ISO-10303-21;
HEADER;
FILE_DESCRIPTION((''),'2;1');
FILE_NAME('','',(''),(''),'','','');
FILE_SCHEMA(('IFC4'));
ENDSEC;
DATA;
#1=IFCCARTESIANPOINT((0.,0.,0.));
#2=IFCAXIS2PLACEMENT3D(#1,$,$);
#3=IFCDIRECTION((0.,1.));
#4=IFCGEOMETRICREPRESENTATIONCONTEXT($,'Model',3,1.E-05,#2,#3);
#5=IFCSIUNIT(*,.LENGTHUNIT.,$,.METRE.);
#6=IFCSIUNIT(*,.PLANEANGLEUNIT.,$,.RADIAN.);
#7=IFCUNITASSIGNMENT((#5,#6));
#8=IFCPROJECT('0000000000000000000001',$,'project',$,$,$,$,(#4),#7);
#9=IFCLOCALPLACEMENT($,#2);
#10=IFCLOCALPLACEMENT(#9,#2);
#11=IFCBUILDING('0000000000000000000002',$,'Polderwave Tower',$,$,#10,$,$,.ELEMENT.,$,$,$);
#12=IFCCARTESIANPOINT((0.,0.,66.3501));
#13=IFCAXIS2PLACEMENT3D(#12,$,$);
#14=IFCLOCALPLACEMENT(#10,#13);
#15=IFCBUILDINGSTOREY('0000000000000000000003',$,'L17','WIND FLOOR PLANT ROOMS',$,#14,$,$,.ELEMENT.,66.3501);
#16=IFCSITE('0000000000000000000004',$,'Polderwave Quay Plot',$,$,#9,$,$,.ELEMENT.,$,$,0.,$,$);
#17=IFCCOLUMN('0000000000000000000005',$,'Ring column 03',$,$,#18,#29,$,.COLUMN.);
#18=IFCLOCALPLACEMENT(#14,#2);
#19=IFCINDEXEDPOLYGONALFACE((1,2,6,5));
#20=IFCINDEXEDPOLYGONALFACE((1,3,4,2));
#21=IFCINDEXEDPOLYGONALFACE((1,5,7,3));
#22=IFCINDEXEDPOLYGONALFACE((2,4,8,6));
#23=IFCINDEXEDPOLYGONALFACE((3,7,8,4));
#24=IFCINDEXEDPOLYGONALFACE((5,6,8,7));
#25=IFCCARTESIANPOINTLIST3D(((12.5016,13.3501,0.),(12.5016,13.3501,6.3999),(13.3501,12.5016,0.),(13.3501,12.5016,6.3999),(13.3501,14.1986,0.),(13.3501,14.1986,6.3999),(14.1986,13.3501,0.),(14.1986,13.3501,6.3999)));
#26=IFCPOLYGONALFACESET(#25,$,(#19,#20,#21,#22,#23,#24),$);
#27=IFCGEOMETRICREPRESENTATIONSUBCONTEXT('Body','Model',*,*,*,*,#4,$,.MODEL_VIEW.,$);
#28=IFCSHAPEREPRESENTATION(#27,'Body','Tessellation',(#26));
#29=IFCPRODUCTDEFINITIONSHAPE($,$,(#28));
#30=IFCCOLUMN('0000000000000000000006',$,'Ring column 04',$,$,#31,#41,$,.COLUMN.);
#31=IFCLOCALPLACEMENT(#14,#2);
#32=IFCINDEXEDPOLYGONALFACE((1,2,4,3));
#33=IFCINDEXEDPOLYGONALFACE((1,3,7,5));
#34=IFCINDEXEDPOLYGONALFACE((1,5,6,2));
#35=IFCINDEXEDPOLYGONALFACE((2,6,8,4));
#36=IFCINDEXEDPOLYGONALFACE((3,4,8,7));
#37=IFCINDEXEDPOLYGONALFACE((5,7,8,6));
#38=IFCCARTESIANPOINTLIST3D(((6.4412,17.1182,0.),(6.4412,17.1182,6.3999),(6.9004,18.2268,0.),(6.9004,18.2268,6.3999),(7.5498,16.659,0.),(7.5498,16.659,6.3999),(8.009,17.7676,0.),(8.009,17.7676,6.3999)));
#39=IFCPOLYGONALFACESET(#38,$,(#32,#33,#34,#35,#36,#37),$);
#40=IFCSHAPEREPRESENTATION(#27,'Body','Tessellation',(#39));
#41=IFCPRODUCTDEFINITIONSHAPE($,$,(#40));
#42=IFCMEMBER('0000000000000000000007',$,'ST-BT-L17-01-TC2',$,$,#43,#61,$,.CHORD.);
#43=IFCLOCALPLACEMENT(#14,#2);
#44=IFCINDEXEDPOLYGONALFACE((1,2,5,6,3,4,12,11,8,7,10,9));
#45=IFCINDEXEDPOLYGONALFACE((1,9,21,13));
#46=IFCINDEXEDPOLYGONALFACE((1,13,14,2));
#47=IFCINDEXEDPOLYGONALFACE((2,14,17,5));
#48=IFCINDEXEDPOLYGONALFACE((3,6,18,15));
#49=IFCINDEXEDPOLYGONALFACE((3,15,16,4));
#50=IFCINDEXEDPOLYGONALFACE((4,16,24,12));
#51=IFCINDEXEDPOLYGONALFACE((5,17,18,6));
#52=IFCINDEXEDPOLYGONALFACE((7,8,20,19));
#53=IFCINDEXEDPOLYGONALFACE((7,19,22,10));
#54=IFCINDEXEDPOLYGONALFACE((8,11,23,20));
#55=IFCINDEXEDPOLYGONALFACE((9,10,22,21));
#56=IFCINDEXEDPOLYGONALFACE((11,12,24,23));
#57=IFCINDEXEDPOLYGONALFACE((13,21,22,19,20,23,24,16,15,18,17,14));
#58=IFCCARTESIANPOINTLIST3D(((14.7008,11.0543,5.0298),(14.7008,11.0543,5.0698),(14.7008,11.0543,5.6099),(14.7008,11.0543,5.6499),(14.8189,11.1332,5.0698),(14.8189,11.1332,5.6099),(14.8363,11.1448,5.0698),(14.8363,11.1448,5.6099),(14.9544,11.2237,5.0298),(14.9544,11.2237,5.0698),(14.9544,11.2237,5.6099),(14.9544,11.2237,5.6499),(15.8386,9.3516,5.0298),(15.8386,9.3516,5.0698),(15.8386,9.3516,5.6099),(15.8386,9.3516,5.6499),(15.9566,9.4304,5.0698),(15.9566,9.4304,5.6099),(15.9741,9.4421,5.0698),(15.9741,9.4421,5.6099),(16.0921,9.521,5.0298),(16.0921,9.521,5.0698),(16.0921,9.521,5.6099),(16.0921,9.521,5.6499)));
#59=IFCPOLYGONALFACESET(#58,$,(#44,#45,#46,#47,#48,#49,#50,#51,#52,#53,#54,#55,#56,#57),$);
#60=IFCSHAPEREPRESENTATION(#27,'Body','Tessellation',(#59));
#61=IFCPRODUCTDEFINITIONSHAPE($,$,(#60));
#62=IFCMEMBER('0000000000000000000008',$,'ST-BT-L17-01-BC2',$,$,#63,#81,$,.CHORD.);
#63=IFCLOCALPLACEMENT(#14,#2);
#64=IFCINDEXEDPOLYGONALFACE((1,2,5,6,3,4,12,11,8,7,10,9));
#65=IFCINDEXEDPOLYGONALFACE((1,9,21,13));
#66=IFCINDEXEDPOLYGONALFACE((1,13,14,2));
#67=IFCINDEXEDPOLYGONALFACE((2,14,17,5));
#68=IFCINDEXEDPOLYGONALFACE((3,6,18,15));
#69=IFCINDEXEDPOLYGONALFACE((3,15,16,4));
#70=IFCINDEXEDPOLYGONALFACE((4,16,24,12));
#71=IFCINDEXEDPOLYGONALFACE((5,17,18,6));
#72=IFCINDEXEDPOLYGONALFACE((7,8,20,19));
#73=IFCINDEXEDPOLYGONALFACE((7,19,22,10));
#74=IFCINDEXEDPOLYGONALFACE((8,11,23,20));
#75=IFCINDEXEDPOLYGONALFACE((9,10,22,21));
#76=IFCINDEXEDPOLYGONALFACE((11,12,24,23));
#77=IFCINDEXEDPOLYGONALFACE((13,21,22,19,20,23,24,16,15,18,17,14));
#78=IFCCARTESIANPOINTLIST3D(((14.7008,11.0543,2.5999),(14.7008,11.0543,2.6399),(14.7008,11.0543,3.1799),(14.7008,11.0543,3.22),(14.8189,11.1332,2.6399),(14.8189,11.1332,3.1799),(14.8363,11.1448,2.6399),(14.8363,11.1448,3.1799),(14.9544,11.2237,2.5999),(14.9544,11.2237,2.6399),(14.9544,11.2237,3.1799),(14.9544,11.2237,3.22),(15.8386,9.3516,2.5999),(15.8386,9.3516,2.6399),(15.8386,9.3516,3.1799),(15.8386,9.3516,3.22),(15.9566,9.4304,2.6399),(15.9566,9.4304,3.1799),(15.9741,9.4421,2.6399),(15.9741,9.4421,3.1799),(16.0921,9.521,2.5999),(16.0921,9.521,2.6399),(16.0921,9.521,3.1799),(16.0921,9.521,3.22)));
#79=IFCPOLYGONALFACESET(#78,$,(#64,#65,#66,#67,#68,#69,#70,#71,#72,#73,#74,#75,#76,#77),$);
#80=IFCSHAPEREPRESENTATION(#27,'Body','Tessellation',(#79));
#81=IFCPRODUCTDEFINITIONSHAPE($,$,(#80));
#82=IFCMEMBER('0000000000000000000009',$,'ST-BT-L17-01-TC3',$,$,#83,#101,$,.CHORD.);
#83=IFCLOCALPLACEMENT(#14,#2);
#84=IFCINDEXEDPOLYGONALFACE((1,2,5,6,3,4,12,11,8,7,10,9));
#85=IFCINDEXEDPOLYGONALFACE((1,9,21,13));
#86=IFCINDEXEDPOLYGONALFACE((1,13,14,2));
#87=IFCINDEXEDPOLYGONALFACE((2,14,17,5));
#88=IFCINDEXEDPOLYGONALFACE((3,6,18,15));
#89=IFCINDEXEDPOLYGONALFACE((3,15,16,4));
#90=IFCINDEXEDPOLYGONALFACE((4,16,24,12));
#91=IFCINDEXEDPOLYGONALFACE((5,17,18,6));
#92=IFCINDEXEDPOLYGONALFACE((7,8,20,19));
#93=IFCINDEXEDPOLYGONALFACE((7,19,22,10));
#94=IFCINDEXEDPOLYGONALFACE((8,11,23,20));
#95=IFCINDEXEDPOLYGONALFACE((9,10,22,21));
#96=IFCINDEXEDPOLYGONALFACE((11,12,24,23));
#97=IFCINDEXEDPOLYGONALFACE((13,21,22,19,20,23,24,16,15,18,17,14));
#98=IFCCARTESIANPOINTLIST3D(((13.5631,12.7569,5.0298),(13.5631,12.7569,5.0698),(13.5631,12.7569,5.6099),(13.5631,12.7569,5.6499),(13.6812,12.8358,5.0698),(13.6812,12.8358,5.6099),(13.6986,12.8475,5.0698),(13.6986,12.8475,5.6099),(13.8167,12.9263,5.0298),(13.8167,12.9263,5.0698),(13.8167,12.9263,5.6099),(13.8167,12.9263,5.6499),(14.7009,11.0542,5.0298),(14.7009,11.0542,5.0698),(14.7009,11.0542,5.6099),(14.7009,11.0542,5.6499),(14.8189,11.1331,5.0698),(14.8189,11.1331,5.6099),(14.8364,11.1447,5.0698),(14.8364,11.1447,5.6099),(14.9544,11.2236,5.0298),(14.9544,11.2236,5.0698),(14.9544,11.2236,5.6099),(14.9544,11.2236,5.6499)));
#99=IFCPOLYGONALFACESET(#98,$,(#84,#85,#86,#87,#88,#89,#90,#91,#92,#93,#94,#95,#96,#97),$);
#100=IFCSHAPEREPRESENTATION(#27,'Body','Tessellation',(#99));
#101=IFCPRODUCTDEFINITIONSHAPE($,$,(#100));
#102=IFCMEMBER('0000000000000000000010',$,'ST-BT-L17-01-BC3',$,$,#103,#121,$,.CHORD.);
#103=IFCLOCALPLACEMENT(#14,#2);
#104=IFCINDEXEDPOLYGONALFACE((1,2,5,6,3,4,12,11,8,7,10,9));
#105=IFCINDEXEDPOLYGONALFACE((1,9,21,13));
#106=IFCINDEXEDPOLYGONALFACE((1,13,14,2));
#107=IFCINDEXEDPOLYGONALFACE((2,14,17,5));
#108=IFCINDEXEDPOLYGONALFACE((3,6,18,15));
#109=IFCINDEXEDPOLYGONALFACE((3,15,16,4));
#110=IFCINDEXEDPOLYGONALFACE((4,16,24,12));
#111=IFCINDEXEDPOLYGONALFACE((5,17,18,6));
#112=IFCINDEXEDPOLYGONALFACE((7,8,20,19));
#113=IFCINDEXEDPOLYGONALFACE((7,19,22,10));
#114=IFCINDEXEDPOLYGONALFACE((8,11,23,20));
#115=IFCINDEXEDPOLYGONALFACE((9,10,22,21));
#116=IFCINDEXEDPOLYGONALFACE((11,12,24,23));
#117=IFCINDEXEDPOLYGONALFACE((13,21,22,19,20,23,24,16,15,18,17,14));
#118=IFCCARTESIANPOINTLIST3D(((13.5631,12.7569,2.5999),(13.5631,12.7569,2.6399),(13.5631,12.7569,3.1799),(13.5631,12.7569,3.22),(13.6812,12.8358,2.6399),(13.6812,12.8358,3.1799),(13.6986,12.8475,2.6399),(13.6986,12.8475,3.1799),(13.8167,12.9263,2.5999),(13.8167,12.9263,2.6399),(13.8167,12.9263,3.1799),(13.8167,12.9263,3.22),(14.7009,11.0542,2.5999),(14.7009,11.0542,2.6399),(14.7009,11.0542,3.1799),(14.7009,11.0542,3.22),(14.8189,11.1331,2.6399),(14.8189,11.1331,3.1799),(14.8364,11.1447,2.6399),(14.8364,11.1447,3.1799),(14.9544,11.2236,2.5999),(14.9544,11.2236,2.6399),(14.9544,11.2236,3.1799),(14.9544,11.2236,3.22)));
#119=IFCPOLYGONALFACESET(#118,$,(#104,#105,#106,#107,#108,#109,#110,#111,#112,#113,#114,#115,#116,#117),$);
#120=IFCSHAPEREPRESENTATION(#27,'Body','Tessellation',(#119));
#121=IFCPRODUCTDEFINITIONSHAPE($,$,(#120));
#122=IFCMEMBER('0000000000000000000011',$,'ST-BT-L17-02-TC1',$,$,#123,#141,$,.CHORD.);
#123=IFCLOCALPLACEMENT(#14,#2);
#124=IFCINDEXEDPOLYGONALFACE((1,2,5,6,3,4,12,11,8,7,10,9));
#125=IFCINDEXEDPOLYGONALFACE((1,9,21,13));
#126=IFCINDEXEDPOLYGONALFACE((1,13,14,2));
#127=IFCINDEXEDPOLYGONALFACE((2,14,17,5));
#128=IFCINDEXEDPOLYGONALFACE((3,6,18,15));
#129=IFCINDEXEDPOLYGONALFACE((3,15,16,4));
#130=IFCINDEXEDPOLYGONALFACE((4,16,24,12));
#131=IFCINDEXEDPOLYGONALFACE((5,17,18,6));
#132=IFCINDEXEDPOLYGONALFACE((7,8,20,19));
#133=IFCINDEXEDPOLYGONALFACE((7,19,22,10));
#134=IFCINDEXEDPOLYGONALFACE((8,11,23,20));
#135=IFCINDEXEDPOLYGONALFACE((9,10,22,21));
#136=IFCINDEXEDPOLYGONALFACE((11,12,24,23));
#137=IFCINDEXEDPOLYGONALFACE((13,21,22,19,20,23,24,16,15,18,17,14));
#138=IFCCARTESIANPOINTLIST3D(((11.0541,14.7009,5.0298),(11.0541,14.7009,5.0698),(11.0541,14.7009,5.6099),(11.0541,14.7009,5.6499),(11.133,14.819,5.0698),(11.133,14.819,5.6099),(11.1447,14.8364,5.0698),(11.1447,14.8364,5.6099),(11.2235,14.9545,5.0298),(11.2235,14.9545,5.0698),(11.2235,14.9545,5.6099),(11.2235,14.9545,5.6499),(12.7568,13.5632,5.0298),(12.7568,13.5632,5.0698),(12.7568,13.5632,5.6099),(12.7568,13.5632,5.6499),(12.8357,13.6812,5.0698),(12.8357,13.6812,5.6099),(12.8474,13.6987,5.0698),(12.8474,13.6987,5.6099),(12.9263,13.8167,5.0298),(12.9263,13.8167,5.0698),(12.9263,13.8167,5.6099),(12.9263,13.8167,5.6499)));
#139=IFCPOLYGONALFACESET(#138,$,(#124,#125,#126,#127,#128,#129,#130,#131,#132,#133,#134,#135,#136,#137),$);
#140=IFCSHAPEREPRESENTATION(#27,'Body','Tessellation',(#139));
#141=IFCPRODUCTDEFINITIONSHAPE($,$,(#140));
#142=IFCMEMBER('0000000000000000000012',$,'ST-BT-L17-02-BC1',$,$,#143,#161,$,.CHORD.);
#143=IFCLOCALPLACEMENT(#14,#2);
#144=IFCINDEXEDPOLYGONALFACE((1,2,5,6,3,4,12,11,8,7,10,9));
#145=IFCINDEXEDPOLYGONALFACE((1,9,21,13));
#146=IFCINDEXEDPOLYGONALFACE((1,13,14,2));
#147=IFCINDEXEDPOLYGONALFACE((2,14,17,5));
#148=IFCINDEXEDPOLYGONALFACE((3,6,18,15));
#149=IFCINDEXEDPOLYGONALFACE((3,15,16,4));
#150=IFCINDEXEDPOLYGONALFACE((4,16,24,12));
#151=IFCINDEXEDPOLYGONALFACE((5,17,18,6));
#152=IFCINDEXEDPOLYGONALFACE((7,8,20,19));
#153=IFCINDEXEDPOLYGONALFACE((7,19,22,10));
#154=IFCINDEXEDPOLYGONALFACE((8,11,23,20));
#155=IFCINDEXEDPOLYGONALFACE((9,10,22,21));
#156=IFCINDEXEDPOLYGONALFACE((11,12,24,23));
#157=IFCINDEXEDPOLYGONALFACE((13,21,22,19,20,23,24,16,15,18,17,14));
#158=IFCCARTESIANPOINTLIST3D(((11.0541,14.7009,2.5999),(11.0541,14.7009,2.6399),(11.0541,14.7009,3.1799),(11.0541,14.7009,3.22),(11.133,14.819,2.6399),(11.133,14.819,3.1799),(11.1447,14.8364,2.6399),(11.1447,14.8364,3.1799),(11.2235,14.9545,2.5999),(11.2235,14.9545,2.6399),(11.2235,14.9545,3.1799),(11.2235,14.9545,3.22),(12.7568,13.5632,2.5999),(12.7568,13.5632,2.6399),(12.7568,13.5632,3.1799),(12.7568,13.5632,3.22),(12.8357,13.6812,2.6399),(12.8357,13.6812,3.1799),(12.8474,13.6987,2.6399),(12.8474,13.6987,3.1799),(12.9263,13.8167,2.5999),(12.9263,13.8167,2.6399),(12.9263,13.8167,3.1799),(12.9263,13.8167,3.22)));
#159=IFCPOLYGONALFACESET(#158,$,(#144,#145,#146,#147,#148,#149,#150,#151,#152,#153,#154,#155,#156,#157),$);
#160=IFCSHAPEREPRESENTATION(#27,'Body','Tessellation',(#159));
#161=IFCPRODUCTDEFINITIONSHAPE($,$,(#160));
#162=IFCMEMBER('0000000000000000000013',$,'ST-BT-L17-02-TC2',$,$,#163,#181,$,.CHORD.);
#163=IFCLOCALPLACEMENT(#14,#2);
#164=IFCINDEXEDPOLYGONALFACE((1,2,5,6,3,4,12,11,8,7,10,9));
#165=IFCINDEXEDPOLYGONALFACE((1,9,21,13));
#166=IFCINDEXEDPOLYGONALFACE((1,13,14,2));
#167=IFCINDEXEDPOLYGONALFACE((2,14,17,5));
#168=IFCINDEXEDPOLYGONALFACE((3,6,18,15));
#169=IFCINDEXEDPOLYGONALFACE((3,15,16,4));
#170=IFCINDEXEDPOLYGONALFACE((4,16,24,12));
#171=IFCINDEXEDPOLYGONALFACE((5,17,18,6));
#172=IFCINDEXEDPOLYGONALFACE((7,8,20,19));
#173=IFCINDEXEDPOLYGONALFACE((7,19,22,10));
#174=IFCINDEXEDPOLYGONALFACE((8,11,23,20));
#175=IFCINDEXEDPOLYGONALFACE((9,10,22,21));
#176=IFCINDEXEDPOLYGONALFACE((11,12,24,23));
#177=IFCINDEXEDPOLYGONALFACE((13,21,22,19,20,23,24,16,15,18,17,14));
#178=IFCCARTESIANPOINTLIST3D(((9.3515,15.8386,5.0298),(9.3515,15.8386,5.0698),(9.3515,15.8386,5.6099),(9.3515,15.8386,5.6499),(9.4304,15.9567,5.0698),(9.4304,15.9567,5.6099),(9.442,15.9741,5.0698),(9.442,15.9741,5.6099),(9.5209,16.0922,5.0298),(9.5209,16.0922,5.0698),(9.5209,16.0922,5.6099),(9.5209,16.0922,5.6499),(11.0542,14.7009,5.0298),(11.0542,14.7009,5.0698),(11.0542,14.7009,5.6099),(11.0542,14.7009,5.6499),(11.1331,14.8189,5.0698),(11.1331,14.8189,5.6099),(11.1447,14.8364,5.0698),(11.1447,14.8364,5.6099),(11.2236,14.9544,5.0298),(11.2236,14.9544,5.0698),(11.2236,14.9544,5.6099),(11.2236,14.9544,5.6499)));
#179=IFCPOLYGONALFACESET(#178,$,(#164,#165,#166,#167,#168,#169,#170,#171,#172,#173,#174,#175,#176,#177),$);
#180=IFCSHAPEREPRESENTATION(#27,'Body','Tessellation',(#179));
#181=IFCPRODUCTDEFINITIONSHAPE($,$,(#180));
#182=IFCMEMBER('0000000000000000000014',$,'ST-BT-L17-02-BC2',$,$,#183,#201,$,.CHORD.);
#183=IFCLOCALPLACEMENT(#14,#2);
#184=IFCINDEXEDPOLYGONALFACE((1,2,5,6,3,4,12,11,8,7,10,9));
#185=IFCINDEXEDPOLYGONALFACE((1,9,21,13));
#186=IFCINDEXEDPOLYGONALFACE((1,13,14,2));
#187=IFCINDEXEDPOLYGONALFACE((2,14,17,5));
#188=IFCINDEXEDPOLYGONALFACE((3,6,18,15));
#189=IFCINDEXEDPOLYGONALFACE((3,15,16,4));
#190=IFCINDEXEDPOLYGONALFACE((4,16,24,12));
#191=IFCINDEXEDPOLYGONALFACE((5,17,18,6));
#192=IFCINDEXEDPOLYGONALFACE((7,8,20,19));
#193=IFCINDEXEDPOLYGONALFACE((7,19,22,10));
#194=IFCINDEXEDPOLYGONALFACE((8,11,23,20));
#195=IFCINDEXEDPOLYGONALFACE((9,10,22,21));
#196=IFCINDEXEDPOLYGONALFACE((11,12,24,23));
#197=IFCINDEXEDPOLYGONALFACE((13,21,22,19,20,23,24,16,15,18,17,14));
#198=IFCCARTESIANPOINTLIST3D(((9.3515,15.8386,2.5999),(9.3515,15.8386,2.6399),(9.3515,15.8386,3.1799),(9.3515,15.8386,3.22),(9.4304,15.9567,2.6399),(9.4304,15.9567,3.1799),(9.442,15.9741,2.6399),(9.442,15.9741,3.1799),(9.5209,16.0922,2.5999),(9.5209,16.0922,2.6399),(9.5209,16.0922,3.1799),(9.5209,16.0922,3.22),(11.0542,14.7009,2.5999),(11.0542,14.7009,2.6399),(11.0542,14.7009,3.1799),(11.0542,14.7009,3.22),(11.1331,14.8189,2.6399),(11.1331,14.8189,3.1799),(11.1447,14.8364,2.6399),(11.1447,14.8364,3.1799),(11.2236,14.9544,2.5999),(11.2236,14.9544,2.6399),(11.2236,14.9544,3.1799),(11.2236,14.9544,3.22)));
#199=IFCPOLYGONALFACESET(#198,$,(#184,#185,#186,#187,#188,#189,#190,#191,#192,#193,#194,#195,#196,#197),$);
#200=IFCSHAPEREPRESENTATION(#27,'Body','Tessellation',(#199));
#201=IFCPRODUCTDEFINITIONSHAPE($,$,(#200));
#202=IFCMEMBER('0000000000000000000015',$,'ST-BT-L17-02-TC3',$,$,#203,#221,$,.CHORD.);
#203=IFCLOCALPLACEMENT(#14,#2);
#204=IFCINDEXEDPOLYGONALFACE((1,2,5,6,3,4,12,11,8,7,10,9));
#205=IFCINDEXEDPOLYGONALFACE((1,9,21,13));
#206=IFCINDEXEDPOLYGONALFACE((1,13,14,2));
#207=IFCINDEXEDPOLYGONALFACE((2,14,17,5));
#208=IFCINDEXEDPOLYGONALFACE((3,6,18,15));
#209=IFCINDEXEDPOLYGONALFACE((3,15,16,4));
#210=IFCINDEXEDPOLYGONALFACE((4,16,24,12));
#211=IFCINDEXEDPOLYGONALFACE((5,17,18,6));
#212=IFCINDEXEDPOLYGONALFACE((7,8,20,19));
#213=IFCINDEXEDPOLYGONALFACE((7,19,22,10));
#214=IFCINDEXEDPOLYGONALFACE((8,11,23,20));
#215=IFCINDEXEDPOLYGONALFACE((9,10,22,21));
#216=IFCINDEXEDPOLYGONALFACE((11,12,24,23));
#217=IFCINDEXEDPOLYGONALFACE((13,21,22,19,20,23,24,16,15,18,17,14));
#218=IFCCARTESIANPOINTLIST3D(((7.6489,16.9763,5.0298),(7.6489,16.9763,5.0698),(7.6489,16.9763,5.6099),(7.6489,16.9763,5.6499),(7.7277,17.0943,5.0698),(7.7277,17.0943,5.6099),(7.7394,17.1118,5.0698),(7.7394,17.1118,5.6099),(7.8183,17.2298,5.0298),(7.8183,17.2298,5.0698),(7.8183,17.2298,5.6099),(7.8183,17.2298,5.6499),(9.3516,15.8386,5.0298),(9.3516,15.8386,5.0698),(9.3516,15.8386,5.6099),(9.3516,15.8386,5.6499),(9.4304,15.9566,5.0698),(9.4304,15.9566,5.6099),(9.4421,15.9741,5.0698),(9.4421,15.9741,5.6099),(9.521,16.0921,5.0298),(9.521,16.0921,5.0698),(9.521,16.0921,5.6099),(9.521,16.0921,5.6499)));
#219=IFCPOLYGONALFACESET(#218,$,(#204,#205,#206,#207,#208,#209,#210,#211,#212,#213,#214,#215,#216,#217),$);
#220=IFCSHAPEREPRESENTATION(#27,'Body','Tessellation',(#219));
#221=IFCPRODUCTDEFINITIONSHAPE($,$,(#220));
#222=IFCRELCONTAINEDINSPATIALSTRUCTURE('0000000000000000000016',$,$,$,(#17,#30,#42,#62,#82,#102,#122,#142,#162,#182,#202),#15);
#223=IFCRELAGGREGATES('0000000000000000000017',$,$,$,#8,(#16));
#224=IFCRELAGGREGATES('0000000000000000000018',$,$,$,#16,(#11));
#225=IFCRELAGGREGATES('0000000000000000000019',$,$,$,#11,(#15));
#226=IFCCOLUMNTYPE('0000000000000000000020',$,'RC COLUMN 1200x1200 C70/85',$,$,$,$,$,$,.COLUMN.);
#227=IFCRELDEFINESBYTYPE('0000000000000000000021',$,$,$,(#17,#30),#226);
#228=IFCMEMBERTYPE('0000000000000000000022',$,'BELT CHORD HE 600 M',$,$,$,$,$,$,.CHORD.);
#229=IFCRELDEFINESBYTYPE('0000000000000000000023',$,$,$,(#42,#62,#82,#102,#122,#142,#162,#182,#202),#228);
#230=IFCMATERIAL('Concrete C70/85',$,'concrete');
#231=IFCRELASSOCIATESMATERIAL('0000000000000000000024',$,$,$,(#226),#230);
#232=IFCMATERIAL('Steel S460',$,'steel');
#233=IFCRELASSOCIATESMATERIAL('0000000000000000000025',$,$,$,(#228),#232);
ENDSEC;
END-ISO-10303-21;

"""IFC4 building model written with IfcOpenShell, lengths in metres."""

from ifc_helpers import new_model, si_unit, direction, frame, origin, origin_2d, place, context, subcontext, project, spatial, rectangle, i_section, extrude, material, material_profile, profile_set, type_object, element, save


model = new_model("IFC4")

# Units and contexts
model_context = context("Model", 3, precision=1e-05, world=origin(), true_north=direction((0.0, 1.0)))
body_context = subcontext(model_context, "Body", "Model", "MODEL_VIEW")
ifc_project = project(units=[si_unit("LENGTHUNIT", "METRE"), si_unit("PLANEANGLEUNIT", "RADIAN")], contexts=[model_context])

# Site, building, storey
site_placement = place(None, origin())
site = spatial("IfcSite", under=ifc_project, at=site_placement, Name="Polderwave Quay Plot", CompositionType="ELEMENT", RefElevation=0.0)
building_placement = place(site_placement, origin())
building = spatial("IfcBuilding", under=site, at=building_placement, Name="Polderwave Tower", CompositionType="ELEMENT")
storey_placement = place(building_placement, frame((0.0, 0.0, 66.3501)))
storey = spatial("IfcBuildingStorey", under=building, at=storey_placement, Name="L17", Description="WIND FLOOR PLANT ROOMS", CompositionType="ELEMENT", Elevation=66.3501)

# Columns
ifc_material_1 = material(Name="Concrete C70/85", Category="concrete")
ifc_material_profile_1 = material_profile(ifc_material_1, rectangle(XDim=1.2, YDim=1.2, at=origin_2d()), Name="RC 1200x1200")
ifc_profile_set_1 = profile_set([ifc_material_profile_1], Name="Concrete C70/85")
column_type = type_object("IfcColumnType", Name="RC COLUMN 1200x1200 C70/85", PredefinedType="COLUMN", material=ifc_profile_set_1)
for number, where, z_axis, x_axis, name in (
    (1, (13.3501, 13.3501, 0.0), (0.0, 0.0, 1.0), (0.707107, 0.707107, 0.0), "Ring column 03"),
    (2, (7.2251, 17.4429, 0.0), (0.0, 0.0, 1.0), (0.382683, 0.92388, 0.0), "Ring column 04"),
):
    element("IfcColumn", number, at=place(storey_placement, frame(where, z_axis=z_axis, x_axis=x_axis)), inside=storey, type_object=column_type, Name=name, PredefinedType="COLUMN", context=body_context, shape_type="SweptSolid", body=[
        extrude(rectangle(XDim=1.2, YDim=1.2, at=origin_2d()), origin(), (0.0, 0.0, 1.0), 6.3999),
    ])

# Members
ifc_material_2 = material(Name="Steel S460", Category="steel")
ifc_material_profile_2 = material_profile(ifc_material_2, i_section(OverallWidth=0.3049, OverallDepth=0.6201, WebThickness=0.021, FlangeThickness=0.04, at=origin_2d()), Name="HE 600 M")
ifc_profile_set_2 = profile_set([ifc_material_profile_2], Name="Steel S460")
member_type_1 = type_object("IfcMemberType", Name="BELT CHORD HE 600 M", PredefinedType="CHORD", material=ifc_profile_set_2)
for number, where, z_axis, x_axis, name in (
    (3, (15.9653, 9.4363, 5.3398), (-0.55558, 0.831463, 0.0), (-0.831463, -0.55558, 0.0), "ST-BT-L17-01-TC2"),
    (4, (15.9653, 9.4363, 2.9099), (-0.55558, 0.831463, 0.0), (-0.831463, -0.55558, 0.0), "ST-BT-L17-01-BC2"),
    (5, (14.8276, 11.1389, 5.3398), (-0.55558, 0.831463, 0.0), (-0.831463, -0.55558, 0.0), "ST-BT-L17-01-TC3"),
    (6, (14.8276, 11.1389, 2.9099), (-0.55558, 0.831463, 0.0), (-0.831463, -0.55558, 0.0), "ST-BT-L17-01-BC3"),
    (7, (12.8416, 13.6899, 5.3398), (-0.831463, 0.55558, 0.0), (-0.55558, -0.831463, 0.0), "ST-BT-L17-02-TC1"),
    (8, (12.8416, 13.6899, 2.9099), (-0.831463, 0.55558, 0.0), (-0.55558, -0.831463, 0.0), "ST-BT-L17-02-BC1"),
    (9, (11.1389, 14.8276, 5.3398), (-0.831463, 0.55558, 0.0), (-0.55558, -0.831463, 0.0), "ST-BT-L17-02-TC2"),
    (10, (11.1389, 14.8276, 2.9099), (-0.831463, 0.55558, 0.0), (-0.55558, -0.831463, 0.0), "ST-BT-L17-02-BC2"),
    (11, (9.4363, 15.9653, 5.3398), (-0.831463, 0.55558, 0.0), (-0.55558, -0.831463, 0.0), "ST-BT-L17-02-TC3"),
):
    element("IfcMember", number, at=place(storey_placement, frame(where, z_axis=z_axis, x_axis=x_axis)), inside=storey, type_object=member_type_1, Name=name, PredefinedType="CHORD", context=body_context, shape_type="SweptSolid", body=[
        extrude(i_section(OverallWidth=0.3049, OverallDepth=0.6201, WebThickness=0.021, FlangeThickness=0.04, at=origin_2d()), origin(), (0.0, 0.0, 1.0), 2.0479),
    ])

save(model, "model.ifc")
